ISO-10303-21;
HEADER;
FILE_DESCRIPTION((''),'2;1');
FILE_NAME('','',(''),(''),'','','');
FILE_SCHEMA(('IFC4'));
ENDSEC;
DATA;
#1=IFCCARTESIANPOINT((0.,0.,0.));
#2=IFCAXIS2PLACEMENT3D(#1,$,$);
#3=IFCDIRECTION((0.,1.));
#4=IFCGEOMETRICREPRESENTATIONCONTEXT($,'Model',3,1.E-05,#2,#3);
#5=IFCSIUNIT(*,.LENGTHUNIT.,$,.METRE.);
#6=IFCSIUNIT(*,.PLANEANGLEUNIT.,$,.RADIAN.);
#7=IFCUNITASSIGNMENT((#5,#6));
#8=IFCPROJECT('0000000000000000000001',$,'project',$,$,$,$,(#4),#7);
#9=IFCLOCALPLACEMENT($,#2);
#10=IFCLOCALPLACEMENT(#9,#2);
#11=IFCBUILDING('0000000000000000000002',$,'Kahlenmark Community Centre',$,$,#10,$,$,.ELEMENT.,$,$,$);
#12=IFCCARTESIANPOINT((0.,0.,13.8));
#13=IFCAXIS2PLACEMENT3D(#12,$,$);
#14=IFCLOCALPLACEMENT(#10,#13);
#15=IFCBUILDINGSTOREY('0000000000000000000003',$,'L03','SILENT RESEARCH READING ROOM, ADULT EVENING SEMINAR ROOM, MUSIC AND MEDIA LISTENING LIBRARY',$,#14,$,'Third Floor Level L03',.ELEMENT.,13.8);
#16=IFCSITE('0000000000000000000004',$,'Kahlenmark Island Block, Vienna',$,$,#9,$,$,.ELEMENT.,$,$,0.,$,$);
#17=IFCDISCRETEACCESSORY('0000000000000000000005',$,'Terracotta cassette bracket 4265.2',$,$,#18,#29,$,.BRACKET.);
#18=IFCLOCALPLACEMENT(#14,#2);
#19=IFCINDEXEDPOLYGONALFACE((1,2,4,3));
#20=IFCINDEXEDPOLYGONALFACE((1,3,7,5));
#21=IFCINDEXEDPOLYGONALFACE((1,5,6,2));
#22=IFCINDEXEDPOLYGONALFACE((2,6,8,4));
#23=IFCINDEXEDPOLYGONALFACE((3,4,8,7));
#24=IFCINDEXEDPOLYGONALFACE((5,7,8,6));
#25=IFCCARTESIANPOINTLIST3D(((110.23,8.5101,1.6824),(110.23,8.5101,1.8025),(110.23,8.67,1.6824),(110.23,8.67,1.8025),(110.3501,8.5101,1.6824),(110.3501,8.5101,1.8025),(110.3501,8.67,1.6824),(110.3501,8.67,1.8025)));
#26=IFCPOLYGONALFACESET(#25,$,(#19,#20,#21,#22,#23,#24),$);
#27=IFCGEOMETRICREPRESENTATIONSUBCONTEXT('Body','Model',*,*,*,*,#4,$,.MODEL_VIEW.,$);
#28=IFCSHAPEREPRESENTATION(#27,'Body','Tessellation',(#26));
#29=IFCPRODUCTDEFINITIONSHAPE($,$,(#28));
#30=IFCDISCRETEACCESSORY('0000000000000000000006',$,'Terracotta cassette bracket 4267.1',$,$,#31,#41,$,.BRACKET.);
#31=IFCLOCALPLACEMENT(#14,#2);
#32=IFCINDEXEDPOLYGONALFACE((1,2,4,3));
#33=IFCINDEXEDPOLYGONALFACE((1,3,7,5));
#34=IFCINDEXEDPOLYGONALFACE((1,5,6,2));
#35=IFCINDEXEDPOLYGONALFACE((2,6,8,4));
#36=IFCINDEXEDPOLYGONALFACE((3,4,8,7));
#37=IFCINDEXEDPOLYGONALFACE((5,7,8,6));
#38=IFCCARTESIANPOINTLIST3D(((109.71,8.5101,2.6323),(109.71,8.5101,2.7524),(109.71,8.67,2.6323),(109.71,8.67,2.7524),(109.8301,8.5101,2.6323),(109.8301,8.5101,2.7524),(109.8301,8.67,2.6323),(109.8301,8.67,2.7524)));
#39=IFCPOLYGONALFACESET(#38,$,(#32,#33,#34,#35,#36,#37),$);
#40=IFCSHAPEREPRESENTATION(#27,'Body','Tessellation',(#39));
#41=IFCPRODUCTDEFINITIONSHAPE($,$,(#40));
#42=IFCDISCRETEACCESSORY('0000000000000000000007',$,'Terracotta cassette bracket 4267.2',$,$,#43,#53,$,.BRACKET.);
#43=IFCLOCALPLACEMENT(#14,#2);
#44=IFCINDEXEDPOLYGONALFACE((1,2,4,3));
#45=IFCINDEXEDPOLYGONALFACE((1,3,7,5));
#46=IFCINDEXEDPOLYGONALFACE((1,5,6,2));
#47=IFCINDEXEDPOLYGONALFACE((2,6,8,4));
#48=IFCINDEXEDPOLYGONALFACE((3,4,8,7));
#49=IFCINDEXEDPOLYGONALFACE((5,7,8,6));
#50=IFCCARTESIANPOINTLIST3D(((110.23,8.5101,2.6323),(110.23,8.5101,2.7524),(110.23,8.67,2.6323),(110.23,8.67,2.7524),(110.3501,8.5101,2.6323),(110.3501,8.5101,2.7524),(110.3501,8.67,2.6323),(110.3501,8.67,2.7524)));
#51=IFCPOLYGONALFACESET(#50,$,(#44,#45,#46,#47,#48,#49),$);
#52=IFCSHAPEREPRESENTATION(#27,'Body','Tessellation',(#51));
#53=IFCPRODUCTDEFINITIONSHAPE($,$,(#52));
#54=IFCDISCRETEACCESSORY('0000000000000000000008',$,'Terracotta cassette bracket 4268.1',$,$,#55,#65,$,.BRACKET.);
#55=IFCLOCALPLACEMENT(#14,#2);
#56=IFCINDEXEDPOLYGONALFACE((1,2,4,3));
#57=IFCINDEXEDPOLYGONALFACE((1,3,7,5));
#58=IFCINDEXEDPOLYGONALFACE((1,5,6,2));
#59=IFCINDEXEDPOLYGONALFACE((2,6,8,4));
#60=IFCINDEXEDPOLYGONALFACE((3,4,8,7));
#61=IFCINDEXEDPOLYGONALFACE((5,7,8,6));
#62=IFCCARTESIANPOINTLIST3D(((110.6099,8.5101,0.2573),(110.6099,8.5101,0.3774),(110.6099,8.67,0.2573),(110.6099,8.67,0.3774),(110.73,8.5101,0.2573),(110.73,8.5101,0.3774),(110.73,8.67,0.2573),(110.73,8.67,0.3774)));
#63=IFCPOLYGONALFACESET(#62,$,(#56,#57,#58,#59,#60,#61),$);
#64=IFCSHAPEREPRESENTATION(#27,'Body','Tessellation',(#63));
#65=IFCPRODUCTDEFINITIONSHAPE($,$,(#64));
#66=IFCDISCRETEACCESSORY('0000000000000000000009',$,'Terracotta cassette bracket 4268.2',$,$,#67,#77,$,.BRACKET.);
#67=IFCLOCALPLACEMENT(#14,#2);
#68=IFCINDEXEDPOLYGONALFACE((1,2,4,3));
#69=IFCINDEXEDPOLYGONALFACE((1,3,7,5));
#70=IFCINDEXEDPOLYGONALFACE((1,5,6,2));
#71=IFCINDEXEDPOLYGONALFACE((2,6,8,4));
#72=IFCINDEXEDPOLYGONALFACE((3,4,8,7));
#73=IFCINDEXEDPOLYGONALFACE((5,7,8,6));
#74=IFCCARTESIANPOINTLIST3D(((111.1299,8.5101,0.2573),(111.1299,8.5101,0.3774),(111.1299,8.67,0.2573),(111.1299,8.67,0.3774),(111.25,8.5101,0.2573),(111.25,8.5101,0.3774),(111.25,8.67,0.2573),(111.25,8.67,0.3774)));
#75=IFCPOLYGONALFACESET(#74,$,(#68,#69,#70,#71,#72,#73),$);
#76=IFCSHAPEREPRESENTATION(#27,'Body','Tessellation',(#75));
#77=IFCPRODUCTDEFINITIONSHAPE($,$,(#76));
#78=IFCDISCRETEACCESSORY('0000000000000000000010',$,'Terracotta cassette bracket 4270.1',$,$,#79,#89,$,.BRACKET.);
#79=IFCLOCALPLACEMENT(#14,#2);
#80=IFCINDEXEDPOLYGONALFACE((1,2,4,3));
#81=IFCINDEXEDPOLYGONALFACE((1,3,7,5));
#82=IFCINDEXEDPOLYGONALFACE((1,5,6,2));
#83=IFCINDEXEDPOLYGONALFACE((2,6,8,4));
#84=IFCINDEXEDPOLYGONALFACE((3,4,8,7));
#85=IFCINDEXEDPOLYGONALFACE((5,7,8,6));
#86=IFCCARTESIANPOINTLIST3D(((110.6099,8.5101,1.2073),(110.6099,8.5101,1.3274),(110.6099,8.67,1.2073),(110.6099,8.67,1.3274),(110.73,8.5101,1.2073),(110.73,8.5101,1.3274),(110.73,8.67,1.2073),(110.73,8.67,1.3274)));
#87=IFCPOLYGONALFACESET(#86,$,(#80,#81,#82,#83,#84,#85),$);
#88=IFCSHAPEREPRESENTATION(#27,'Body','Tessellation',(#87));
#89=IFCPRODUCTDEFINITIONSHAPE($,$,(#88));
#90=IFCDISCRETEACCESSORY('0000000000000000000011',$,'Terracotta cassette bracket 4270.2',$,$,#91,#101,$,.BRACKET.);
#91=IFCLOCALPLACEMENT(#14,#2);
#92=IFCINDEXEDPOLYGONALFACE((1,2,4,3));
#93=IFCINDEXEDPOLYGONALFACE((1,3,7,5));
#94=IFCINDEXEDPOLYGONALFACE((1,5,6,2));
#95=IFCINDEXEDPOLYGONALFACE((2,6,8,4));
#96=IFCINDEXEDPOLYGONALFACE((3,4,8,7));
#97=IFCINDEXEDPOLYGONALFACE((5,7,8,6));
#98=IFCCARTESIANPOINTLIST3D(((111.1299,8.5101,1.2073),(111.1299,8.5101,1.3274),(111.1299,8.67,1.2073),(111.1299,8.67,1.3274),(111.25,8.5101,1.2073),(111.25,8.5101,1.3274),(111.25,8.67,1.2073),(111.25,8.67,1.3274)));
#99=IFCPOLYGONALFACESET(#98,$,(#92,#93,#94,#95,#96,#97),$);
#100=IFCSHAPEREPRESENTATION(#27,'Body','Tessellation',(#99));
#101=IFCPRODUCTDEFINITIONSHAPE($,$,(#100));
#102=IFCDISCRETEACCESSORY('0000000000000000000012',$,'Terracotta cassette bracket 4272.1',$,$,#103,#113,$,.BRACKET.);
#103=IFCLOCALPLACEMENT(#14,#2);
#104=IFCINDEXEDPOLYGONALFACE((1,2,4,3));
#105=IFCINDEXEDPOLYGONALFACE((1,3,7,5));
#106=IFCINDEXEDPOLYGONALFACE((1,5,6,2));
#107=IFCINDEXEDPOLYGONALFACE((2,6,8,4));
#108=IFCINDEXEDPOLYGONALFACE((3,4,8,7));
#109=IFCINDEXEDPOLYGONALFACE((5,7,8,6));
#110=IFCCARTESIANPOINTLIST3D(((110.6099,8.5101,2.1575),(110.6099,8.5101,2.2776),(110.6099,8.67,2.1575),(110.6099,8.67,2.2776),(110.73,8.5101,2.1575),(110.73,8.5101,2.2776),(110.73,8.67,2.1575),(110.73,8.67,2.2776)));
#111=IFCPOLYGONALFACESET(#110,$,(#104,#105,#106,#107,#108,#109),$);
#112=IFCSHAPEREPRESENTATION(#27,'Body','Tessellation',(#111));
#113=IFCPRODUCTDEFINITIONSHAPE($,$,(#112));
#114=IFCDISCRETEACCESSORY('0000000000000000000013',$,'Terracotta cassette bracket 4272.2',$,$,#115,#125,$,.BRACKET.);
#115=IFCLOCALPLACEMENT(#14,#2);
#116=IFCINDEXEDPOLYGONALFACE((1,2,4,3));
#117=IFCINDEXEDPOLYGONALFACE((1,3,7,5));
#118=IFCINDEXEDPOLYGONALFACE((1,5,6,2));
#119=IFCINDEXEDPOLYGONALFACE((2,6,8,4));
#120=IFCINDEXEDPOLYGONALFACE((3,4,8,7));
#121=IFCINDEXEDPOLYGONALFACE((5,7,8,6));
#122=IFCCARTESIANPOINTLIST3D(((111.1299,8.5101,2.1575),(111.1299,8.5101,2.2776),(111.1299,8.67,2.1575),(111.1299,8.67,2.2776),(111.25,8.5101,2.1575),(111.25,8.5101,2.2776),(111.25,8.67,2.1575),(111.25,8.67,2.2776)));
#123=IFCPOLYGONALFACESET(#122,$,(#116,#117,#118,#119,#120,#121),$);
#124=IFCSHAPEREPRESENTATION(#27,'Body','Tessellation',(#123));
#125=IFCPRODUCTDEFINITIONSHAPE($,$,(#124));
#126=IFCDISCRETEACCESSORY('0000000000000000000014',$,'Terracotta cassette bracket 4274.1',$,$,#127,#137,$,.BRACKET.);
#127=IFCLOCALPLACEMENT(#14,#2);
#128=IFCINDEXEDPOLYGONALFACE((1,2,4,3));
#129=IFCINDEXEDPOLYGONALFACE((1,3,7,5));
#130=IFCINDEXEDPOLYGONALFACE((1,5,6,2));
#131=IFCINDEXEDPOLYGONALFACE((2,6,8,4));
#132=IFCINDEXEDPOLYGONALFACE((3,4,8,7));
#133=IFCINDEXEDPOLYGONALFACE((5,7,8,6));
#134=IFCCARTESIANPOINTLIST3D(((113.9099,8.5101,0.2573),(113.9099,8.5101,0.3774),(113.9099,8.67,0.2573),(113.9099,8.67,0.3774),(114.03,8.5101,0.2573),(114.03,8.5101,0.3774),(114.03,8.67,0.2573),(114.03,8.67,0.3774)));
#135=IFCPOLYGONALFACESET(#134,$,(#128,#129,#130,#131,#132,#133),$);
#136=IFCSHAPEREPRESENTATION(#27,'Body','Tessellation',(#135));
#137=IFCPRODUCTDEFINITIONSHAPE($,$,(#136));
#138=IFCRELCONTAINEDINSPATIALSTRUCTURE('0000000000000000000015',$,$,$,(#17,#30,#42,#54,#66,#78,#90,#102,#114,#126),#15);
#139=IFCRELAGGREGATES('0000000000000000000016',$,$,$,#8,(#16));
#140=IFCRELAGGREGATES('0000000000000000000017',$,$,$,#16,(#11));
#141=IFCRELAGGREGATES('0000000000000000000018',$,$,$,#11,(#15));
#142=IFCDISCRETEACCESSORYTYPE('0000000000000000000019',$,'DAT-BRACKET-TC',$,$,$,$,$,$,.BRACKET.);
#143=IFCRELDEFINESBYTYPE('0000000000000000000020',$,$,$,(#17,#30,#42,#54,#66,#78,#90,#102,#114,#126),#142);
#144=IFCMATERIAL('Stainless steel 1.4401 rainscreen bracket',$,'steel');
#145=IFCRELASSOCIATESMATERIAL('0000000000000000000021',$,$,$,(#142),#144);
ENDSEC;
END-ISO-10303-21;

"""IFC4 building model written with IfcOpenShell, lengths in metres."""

from ifc_helpers import new_model, si_unit, direction, frame, origin, origin_2d, place, context, subcontext, project, spatial, rectangle, extrude, material, type_object, element, save


model = new_model("IFC4")

# Units and contexts
model_context = context("Model", 3, precision=1e-05, world=origin(), true_north=direction((0.0, 1.0)))
body_context = subcontext(model_context, "Body", "Model", "MODEL_VIEW")
ifc_project = project(units=[si_unit("LENGTHUNIT", "METRE"), si_unit("PLANEANGLEUNIT", "RADIAN")], contexts=[model_context])

# Site, building, storey
site_placement = place(None, origin())
site = spatial("IfcSite", under=ifc_project, at=site_placement, Name="Kahlenmark Island Block, Vienna", CompositionType="ELEMENT", RefElevation=0.0)
building_placement = place(site_placement, origin())
building = spatial("IfcBuilding", under=site, at=building_placement, Name="Kahlenmark Community Centre", CompositionType="ELEMENT")
storey_placement = place(building_placement, frame((0.0, 0.0, 13.8)))
storey = spatial("IfcBuildingStorey", under=building, at=storey_placement, Name="L03", Description="SILENT RESEARCH READING ROOM, ADULT EVENING SEMINAR ROOM, MUSIC AND MEDIA LISTENING LIBRARY", LongName="Third Floor Level L03", CompositionType="ELEMENT", Elevation=13.8)

# Discrete accessories
ifc_material_1 = material(Name="Stainless steel 1.4401 rainscreen bracket", Category="steel")
discrete_accessory_type = type_object("IfcDiscreteAccessoryType", Name="DAT-BRACKET-TC", PredefinedType="BRACKET", material=ifc_material_1)
for number, where, z_axis, x_axis, name in (
    (1, (110.29, 8.5901, 1.6824), (0.0, 0.0, 1.0), (1.0, 0.0, 0.0), "Terracotta cassette bracket 4265.2"),
    (2, (109.77, 8.5901, 2.6323), (0.0, 0.0, 1.0), (1.0, 0.0, 0.0), "Terracotta cassette bracket 4267.1"),
    (3, (110.29, 8.5901, 2.6323), (0.0, 0.0, 1.0), (1.0, 0.0, 0.0), "Terracotta cassette bracket 4267.2"),
    (4, (110.6699, 8.5901, 0.2573), (0.0, 0.0, 1.0), (1.0, 0.0, 0.0), "Terracotta cassette bracket 4268.1"),
    (5, (111.1899, 8.5901, 0.2573), (0.0, 0.0, 1.0), (1.0, 0.0, 0.0), "Terracotta cassette bracket 4268.2"),
    (6, (110.6699, 8.5901, 1.2073), (0.0, 0.0, 1.0), (1.0, 0.0, 0.0), "Terracotta cassette bracket 4270.1"),
    (7, (111.1899, 8.5901, 1.2073), (0.0, 0.0, 1.0), (1.0, 0.0, 0.0), "Terracotta cassette bracket 4270.2"),
    (8, (110.6699, 8.5901, 2.1575), (0.0, 0.0, 1.0), (1.0, 0.0, 0.0), "Terracotta cassette bracket 4272.1"),
    (9, (111.1899, 8.5901, 2.1575), (0.0, 0.0, 1.0), (1.0, 0.0, 0.0), "Terracotta cassette bracket 4272.2"),
    (10, (113.97, 8.5901, 0.2573), (0.0, 0.0, 1.0), (1.0, 0.0, 0.0), "Terracotta cassette bracket 4274.1"),
):
    element("IfcDiscreteAccessory", number, at=place(storey_placement, frame(where, z_axis=z_axis, x_axis=x_axis)), inside=storey, type_object=discrete_accessory_type, Name=name, PredefinedType="BRACKET", context=body_context, shape_type="SweptSolid", body=[
        extrude(rectangle(XDim=0.1201, YDim=0.1599, at=origin_2d()), origin(), (0.0, 0.0, 1.0), 0.1201),
    ])

save(model, "model.ifc")
